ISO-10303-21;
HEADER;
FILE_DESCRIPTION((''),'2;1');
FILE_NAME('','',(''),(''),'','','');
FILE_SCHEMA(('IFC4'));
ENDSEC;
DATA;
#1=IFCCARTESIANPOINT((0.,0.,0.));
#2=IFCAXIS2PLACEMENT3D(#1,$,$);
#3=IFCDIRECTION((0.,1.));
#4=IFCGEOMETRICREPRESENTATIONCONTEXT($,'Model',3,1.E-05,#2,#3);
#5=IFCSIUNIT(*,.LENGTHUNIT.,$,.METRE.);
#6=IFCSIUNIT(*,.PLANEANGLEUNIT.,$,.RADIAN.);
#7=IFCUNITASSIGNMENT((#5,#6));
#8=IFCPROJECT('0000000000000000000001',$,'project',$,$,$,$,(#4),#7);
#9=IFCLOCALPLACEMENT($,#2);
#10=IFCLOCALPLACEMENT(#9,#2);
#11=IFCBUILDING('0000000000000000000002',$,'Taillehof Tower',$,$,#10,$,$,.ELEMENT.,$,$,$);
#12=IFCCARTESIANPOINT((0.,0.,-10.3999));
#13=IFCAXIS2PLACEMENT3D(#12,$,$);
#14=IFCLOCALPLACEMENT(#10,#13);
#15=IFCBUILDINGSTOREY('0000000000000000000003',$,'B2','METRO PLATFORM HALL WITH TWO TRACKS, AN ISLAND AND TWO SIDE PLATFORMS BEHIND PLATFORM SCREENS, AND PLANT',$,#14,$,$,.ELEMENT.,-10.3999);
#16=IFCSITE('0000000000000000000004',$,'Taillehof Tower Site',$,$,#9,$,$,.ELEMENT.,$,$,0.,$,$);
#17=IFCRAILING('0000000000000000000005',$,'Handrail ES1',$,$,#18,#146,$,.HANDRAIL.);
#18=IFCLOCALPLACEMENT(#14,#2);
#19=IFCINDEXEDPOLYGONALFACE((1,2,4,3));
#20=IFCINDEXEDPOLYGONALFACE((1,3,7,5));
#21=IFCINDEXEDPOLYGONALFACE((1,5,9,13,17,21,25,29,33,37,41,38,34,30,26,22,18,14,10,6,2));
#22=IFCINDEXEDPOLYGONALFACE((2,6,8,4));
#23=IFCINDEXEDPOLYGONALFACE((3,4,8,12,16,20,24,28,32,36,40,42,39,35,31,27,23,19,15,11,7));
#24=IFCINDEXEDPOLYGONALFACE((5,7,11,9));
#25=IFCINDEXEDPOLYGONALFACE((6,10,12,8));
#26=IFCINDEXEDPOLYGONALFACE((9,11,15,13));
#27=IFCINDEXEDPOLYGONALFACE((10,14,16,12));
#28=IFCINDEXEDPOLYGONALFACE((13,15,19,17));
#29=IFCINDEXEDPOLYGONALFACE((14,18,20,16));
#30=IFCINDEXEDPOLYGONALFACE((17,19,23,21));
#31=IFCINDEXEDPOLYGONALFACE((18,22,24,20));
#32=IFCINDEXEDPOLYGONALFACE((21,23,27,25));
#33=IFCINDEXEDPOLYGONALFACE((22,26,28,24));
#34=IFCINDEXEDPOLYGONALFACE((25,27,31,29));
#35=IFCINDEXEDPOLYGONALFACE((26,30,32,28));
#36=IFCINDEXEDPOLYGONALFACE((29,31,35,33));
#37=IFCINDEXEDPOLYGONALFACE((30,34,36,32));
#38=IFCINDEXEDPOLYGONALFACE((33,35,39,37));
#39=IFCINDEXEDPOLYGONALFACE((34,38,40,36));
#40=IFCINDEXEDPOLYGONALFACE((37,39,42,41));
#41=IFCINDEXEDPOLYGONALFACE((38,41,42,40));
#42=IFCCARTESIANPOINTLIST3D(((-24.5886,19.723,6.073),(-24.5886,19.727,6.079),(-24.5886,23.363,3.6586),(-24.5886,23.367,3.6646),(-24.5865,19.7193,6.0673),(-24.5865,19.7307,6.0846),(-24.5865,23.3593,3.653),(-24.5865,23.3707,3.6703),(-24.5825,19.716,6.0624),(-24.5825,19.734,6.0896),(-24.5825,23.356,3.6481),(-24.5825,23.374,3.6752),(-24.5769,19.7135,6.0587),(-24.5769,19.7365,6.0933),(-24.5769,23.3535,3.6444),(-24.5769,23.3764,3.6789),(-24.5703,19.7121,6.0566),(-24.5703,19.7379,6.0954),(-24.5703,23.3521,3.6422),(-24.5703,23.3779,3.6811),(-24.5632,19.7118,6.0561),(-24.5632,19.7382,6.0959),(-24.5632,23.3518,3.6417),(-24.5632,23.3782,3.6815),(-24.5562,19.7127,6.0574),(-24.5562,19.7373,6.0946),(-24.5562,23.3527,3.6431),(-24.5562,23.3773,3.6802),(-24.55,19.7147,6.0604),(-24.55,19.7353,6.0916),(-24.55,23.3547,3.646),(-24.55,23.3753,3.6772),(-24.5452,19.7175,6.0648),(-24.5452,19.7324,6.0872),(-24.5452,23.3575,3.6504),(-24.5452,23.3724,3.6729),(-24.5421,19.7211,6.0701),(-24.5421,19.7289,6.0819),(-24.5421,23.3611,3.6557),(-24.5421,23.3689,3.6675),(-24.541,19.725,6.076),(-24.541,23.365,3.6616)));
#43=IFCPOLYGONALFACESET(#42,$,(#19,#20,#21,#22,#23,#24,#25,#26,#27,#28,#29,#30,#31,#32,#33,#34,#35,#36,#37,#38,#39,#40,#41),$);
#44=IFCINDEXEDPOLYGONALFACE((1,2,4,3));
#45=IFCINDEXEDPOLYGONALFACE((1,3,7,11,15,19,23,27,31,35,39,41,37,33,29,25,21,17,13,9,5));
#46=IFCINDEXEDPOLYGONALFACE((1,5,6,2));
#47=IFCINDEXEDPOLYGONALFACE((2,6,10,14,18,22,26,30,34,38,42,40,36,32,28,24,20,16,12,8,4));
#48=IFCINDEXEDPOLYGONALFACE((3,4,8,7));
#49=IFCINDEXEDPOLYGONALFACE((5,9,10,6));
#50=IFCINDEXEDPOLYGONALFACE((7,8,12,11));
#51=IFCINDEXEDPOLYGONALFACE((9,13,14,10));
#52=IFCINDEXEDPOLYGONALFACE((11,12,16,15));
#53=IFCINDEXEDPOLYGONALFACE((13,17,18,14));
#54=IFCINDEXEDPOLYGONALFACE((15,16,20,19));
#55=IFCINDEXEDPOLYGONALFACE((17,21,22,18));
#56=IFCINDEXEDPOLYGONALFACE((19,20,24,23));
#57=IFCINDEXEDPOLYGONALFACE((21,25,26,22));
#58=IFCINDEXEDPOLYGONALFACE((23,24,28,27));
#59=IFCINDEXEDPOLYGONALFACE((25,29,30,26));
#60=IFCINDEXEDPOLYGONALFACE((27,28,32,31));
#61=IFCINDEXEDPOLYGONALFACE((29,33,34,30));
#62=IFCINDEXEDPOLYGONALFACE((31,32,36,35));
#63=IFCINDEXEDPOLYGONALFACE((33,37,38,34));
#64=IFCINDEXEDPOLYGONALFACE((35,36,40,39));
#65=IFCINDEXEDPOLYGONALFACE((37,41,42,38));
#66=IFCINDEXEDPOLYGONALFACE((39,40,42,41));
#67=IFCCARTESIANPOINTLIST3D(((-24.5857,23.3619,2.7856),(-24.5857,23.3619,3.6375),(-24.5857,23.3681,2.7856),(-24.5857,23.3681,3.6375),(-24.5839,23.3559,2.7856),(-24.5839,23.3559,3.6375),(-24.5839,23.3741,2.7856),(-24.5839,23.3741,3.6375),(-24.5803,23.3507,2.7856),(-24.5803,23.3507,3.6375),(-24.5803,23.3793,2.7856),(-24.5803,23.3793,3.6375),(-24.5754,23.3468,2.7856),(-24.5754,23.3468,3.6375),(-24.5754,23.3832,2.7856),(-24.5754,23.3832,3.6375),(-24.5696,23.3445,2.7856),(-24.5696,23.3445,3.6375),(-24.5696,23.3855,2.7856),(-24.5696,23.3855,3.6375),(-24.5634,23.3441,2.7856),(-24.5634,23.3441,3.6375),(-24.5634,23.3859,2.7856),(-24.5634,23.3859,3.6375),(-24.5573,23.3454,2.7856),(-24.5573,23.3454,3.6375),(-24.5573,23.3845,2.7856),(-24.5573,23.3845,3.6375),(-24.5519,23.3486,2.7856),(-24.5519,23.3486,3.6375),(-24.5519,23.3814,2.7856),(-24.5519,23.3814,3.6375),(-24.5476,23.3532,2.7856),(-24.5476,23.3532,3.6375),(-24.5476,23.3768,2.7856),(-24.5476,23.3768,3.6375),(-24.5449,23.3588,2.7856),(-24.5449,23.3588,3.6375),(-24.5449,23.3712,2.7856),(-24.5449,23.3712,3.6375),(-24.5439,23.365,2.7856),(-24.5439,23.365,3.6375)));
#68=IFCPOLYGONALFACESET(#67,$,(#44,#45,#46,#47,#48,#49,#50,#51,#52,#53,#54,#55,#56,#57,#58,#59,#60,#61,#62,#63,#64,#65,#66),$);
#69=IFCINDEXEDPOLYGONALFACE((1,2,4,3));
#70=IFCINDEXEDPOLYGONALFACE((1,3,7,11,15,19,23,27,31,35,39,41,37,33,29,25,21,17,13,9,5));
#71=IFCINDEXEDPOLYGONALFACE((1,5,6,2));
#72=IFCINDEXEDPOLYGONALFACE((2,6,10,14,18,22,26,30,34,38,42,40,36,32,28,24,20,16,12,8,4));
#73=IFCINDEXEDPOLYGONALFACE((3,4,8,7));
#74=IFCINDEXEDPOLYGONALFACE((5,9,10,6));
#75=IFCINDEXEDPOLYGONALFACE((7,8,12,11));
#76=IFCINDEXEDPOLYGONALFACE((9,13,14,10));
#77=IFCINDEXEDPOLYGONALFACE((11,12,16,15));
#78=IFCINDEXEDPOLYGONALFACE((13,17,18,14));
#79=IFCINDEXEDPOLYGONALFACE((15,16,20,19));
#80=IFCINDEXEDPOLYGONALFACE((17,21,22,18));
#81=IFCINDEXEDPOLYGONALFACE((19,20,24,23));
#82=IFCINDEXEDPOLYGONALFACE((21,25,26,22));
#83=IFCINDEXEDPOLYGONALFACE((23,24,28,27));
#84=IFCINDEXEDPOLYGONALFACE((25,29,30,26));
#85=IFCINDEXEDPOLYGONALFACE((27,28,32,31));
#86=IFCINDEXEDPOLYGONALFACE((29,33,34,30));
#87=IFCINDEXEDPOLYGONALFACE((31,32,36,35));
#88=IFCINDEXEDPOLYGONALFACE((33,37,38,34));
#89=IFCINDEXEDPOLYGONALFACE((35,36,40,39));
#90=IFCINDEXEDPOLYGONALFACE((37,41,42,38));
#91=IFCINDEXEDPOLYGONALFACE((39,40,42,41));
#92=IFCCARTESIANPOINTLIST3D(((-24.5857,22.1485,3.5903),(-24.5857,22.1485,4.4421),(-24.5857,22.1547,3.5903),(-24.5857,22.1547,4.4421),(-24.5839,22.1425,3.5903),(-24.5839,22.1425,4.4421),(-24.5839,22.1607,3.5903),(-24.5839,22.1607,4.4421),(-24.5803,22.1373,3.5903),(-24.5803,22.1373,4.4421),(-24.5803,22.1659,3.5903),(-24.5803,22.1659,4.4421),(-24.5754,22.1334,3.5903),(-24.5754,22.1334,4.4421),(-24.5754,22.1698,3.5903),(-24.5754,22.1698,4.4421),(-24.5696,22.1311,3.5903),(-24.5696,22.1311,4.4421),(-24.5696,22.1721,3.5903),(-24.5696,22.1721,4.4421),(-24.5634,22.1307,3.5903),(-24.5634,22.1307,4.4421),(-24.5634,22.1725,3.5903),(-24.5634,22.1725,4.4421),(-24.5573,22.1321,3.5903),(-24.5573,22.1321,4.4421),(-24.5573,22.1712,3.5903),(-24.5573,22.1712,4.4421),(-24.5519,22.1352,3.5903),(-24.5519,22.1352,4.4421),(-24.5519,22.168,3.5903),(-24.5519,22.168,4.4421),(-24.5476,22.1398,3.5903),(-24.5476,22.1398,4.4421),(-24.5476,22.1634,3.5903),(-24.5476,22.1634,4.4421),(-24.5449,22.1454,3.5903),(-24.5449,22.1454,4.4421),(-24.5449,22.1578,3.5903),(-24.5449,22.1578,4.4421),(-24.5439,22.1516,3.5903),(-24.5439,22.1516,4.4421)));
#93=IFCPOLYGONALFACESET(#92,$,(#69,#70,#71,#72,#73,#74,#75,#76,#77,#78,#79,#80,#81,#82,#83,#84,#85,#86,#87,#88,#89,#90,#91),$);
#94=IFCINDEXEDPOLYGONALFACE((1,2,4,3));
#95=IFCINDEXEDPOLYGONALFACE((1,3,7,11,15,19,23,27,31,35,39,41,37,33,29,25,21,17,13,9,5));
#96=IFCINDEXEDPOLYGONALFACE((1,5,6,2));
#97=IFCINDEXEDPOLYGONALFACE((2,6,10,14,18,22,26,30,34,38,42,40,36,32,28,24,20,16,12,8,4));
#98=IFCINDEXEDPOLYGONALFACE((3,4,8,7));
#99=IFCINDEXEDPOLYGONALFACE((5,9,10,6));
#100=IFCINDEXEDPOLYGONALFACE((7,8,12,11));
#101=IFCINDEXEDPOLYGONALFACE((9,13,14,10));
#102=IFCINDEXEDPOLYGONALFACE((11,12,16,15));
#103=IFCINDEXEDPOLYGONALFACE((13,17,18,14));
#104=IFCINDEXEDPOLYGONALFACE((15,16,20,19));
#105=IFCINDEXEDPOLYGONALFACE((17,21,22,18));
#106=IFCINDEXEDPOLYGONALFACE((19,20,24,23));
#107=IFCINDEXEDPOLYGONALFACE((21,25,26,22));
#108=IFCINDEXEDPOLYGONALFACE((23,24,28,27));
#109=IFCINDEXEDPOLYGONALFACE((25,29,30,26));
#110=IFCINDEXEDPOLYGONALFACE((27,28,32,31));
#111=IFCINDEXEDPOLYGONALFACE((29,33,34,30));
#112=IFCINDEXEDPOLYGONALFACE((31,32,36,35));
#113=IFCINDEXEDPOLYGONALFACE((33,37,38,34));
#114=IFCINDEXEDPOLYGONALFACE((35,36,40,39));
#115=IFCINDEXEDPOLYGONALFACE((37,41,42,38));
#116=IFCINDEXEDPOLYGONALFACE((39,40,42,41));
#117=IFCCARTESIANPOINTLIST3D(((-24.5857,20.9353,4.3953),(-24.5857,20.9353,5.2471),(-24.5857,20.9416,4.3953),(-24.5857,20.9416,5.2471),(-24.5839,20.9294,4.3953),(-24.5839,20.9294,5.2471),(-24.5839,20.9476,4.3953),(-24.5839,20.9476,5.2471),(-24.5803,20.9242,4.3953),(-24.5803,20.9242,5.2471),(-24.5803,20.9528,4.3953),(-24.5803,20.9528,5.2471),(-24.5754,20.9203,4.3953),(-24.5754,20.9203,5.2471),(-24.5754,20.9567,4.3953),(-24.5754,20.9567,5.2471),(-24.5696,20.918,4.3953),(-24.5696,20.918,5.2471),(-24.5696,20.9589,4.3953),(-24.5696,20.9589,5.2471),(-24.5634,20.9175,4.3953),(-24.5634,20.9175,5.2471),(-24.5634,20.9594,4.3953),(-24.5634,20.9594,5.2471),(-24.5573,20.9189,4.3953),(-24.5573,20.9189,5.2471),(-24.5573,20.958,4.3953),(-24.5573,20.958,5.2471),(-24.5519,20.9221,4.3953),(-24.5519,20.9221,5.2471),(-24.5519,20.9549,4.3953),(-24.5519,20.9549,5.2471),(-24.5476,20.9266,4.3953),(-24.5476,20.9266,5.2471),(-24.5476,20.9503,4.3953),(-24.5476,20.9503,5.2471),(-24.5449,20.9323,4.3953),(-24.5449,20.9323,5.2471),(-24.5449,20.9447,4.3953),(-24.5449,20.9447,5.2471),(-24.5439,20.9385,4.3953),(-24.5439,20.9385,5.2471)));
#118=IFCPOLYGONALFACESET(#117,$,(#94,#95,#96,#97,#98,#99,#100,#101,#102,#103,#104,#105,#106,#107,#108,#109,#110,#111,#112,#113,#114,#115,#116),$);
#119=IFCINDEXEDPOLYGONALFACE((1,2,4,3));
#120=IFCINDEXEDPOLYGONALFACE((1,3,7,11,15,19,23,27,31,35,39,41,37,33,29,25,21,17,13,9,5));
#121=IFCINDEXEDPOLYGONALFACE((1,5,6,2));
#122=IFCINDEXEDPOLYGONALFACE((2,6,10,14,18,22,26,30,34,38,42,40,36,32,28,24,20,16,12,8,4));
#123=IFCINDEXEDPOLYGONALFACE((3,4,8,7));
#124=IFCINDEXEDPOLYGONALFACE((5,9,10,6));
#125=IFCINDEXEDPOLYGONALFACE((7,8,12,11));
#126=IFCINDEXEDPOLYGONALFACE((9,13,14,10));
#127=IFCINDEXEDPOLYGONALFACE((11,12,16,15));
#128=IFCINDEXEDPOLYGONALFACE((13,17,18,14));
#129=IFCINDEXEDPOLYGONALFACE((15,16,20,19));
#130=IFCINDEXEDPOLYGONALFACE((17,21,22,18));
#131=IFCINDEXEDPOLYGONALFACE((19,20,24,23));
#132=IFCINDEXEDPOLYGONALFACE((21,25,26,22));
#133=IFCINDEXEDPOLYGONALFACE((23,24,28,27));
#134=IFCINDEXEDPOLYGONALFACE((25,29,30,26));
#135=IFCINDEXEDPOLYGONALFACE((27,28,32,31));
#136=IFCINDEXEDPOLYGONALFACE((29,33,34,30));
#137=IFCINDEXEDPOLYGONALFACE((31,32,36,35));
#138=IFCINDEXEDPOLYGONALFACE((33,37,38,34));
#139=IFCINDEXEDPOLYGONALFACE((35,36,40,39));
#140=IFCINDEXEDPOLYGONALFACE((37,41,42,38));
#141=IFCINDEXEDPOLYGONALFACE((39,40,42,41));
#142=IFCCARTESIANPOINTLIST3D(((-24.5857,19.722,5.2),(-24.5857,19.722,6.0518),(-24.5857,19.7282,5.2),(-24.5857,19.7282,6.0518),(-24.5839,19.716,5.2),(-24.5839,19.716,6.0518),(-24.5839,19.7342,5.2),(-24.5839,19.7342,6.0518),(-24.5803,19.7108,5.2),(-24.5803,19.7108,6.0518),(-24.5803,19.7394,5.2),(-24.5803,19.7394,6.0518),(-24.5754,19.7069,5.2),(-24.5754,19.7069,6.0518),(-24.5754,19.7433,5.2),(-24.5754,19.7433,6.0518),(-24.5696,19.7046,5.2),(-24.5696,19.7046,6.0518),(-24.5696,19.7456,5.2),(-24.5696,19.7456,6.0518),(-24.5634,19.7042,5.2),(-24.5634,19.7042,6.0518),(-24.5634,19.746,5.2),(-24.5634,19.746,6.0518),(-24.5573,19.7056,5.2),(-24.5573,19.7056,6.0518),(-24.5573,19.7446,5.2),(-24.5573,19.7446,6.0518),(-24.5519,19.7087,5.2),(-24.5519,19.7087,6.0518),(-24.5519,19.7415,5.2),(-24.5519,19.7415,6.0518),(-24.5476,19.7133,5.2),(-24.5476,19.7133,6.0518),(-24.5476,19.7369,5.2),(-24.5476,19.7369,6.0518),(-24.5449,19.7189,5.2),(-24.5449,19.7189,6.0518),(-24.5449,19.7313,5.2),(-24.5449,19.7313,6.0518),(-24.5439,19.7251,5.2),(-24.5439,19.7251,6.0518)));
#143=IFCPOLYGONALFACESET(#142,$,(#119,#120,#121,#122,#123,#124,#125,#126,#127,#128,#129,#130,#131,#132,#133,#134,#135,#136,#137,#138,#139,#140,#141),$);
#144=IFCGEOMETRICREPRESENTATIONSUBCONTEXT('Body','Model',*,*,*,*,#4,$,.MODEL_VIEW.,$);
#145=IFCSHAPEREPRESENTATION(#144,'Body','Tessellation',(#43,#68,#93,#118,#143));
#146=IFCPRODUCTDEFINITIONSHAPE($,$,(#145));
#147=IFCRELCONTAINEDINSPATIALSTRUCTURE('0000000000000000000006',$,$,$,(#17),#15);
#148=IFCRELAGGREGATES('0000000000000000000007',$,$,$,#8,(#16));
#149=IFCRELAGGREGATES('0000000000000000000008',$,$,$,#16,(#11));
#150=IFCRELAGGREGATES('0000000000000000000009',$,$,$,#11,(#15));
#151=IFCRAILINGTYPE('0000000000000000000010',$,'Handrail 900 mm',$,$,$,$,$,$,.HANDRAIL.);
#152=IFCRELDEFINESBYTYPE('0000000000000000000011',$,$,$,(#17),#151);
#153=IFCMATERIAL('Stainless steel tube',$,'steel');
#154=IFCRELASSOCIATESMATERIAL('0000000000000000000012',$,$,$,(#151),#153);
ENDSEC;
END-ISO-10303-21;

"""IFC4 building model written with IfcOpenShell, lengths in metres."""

from ifc_helpers import new_model, si_unit, direction, frame, origin, origin_2d, place, context, subcontext, project, spatial, circle, extrude, material, type_object, element, save


model = new_model("IFC4")

# Units and contexts
model_context = context("Model", 3, precision=1e-05, world=origin(), true_north=direction((0.0, 1.0)))
body_context = subcontext(model_context, "Body", "Model", "MODEL_VIEW")
ifc_project = project(units=[si_unit("LENGTHUNIT", "METRE"), si_unit("PLANEANGLEUNIT", "RADIAN")], contexts=[model_context])

# Site, building, storey
site_placement = place(None, origin())
site = spatial("IfcSite", under=ifc_project, at=site_placement, Name="Taillehof Tower Site", CompositionType="ELEMENT", RefElevation=0.0)
building_placement = place(site_placement, origin())
building = spatial("IfcBuilding", under=site, at=building_placement, Name="Taillehof Tower", CompositionType="ELEMENT")
storey_placement = place(building_placement, frame((0.0, 0.0, -10.3999)))
storey = spatial("IfcBuildingStorey", under=building, at=storey_placement, Name="B2", Description="METRO PLATFORM HALL WITH TWO TRACKS, AN ISLAND AND TWO SIDE PLATFORMS BEHIND PLATFORM SCREENS, AND PLANT", CompositionType="ELEMENT", Elevation=-10.3999)

# Railing
ifc_material_1 = material(Name="Stainless steel tube", Category="steel")
railing_type = type_object("IfcRailingType", Name="Handrail 900 mm", PredefinedType="HANDRAIL", material=ifc_material_1)
for number, where, name in (
    (1, (-24.5649, 23.365, 2.7856), "Handrail ES1"),
):
    element("IfcRailing", number, at=place(storey_placement, frame(where)), inside=storey, type_object=railing_type, Name=name, PredefinedType="HANDRAIL", context=body_context, shape_type="SweptSolid", body=[
        extrude(circle(Radius=0.0239, at=origin_2d()), frame((0.0, 0.0, 0.876), z_axis=(0.0, -0.833347, 0.552751), x_axis=(1.0, 0.0, 0.0)), (0.0, 0.0, 1.0), 4.3679),
        extrude(circle(Radius=0.021, at=origin_2d()), origin(), (0.0, 0.0, 1.0), 0.8518),
        extrude(circle(Radius=0.021, at=origin_2d()), frame((0.0, -1.2134, 0.8047)), (0.0, 0.0, 1.0), 0.8518),
        extrude(circle(Radius=0.021, at=origin_2d()), frame((0.0, -2.4265, 1.6096)), (0.0, 0.0, 1.0), 0.8518),
        extrude(circle(Radius=0.021, at=origin_2d()), frame((0.0, -3.6399, 2.4143)), (0.0, 0.0, 1.0), 0.8518),
    ])

save(model, "model.ifc")
